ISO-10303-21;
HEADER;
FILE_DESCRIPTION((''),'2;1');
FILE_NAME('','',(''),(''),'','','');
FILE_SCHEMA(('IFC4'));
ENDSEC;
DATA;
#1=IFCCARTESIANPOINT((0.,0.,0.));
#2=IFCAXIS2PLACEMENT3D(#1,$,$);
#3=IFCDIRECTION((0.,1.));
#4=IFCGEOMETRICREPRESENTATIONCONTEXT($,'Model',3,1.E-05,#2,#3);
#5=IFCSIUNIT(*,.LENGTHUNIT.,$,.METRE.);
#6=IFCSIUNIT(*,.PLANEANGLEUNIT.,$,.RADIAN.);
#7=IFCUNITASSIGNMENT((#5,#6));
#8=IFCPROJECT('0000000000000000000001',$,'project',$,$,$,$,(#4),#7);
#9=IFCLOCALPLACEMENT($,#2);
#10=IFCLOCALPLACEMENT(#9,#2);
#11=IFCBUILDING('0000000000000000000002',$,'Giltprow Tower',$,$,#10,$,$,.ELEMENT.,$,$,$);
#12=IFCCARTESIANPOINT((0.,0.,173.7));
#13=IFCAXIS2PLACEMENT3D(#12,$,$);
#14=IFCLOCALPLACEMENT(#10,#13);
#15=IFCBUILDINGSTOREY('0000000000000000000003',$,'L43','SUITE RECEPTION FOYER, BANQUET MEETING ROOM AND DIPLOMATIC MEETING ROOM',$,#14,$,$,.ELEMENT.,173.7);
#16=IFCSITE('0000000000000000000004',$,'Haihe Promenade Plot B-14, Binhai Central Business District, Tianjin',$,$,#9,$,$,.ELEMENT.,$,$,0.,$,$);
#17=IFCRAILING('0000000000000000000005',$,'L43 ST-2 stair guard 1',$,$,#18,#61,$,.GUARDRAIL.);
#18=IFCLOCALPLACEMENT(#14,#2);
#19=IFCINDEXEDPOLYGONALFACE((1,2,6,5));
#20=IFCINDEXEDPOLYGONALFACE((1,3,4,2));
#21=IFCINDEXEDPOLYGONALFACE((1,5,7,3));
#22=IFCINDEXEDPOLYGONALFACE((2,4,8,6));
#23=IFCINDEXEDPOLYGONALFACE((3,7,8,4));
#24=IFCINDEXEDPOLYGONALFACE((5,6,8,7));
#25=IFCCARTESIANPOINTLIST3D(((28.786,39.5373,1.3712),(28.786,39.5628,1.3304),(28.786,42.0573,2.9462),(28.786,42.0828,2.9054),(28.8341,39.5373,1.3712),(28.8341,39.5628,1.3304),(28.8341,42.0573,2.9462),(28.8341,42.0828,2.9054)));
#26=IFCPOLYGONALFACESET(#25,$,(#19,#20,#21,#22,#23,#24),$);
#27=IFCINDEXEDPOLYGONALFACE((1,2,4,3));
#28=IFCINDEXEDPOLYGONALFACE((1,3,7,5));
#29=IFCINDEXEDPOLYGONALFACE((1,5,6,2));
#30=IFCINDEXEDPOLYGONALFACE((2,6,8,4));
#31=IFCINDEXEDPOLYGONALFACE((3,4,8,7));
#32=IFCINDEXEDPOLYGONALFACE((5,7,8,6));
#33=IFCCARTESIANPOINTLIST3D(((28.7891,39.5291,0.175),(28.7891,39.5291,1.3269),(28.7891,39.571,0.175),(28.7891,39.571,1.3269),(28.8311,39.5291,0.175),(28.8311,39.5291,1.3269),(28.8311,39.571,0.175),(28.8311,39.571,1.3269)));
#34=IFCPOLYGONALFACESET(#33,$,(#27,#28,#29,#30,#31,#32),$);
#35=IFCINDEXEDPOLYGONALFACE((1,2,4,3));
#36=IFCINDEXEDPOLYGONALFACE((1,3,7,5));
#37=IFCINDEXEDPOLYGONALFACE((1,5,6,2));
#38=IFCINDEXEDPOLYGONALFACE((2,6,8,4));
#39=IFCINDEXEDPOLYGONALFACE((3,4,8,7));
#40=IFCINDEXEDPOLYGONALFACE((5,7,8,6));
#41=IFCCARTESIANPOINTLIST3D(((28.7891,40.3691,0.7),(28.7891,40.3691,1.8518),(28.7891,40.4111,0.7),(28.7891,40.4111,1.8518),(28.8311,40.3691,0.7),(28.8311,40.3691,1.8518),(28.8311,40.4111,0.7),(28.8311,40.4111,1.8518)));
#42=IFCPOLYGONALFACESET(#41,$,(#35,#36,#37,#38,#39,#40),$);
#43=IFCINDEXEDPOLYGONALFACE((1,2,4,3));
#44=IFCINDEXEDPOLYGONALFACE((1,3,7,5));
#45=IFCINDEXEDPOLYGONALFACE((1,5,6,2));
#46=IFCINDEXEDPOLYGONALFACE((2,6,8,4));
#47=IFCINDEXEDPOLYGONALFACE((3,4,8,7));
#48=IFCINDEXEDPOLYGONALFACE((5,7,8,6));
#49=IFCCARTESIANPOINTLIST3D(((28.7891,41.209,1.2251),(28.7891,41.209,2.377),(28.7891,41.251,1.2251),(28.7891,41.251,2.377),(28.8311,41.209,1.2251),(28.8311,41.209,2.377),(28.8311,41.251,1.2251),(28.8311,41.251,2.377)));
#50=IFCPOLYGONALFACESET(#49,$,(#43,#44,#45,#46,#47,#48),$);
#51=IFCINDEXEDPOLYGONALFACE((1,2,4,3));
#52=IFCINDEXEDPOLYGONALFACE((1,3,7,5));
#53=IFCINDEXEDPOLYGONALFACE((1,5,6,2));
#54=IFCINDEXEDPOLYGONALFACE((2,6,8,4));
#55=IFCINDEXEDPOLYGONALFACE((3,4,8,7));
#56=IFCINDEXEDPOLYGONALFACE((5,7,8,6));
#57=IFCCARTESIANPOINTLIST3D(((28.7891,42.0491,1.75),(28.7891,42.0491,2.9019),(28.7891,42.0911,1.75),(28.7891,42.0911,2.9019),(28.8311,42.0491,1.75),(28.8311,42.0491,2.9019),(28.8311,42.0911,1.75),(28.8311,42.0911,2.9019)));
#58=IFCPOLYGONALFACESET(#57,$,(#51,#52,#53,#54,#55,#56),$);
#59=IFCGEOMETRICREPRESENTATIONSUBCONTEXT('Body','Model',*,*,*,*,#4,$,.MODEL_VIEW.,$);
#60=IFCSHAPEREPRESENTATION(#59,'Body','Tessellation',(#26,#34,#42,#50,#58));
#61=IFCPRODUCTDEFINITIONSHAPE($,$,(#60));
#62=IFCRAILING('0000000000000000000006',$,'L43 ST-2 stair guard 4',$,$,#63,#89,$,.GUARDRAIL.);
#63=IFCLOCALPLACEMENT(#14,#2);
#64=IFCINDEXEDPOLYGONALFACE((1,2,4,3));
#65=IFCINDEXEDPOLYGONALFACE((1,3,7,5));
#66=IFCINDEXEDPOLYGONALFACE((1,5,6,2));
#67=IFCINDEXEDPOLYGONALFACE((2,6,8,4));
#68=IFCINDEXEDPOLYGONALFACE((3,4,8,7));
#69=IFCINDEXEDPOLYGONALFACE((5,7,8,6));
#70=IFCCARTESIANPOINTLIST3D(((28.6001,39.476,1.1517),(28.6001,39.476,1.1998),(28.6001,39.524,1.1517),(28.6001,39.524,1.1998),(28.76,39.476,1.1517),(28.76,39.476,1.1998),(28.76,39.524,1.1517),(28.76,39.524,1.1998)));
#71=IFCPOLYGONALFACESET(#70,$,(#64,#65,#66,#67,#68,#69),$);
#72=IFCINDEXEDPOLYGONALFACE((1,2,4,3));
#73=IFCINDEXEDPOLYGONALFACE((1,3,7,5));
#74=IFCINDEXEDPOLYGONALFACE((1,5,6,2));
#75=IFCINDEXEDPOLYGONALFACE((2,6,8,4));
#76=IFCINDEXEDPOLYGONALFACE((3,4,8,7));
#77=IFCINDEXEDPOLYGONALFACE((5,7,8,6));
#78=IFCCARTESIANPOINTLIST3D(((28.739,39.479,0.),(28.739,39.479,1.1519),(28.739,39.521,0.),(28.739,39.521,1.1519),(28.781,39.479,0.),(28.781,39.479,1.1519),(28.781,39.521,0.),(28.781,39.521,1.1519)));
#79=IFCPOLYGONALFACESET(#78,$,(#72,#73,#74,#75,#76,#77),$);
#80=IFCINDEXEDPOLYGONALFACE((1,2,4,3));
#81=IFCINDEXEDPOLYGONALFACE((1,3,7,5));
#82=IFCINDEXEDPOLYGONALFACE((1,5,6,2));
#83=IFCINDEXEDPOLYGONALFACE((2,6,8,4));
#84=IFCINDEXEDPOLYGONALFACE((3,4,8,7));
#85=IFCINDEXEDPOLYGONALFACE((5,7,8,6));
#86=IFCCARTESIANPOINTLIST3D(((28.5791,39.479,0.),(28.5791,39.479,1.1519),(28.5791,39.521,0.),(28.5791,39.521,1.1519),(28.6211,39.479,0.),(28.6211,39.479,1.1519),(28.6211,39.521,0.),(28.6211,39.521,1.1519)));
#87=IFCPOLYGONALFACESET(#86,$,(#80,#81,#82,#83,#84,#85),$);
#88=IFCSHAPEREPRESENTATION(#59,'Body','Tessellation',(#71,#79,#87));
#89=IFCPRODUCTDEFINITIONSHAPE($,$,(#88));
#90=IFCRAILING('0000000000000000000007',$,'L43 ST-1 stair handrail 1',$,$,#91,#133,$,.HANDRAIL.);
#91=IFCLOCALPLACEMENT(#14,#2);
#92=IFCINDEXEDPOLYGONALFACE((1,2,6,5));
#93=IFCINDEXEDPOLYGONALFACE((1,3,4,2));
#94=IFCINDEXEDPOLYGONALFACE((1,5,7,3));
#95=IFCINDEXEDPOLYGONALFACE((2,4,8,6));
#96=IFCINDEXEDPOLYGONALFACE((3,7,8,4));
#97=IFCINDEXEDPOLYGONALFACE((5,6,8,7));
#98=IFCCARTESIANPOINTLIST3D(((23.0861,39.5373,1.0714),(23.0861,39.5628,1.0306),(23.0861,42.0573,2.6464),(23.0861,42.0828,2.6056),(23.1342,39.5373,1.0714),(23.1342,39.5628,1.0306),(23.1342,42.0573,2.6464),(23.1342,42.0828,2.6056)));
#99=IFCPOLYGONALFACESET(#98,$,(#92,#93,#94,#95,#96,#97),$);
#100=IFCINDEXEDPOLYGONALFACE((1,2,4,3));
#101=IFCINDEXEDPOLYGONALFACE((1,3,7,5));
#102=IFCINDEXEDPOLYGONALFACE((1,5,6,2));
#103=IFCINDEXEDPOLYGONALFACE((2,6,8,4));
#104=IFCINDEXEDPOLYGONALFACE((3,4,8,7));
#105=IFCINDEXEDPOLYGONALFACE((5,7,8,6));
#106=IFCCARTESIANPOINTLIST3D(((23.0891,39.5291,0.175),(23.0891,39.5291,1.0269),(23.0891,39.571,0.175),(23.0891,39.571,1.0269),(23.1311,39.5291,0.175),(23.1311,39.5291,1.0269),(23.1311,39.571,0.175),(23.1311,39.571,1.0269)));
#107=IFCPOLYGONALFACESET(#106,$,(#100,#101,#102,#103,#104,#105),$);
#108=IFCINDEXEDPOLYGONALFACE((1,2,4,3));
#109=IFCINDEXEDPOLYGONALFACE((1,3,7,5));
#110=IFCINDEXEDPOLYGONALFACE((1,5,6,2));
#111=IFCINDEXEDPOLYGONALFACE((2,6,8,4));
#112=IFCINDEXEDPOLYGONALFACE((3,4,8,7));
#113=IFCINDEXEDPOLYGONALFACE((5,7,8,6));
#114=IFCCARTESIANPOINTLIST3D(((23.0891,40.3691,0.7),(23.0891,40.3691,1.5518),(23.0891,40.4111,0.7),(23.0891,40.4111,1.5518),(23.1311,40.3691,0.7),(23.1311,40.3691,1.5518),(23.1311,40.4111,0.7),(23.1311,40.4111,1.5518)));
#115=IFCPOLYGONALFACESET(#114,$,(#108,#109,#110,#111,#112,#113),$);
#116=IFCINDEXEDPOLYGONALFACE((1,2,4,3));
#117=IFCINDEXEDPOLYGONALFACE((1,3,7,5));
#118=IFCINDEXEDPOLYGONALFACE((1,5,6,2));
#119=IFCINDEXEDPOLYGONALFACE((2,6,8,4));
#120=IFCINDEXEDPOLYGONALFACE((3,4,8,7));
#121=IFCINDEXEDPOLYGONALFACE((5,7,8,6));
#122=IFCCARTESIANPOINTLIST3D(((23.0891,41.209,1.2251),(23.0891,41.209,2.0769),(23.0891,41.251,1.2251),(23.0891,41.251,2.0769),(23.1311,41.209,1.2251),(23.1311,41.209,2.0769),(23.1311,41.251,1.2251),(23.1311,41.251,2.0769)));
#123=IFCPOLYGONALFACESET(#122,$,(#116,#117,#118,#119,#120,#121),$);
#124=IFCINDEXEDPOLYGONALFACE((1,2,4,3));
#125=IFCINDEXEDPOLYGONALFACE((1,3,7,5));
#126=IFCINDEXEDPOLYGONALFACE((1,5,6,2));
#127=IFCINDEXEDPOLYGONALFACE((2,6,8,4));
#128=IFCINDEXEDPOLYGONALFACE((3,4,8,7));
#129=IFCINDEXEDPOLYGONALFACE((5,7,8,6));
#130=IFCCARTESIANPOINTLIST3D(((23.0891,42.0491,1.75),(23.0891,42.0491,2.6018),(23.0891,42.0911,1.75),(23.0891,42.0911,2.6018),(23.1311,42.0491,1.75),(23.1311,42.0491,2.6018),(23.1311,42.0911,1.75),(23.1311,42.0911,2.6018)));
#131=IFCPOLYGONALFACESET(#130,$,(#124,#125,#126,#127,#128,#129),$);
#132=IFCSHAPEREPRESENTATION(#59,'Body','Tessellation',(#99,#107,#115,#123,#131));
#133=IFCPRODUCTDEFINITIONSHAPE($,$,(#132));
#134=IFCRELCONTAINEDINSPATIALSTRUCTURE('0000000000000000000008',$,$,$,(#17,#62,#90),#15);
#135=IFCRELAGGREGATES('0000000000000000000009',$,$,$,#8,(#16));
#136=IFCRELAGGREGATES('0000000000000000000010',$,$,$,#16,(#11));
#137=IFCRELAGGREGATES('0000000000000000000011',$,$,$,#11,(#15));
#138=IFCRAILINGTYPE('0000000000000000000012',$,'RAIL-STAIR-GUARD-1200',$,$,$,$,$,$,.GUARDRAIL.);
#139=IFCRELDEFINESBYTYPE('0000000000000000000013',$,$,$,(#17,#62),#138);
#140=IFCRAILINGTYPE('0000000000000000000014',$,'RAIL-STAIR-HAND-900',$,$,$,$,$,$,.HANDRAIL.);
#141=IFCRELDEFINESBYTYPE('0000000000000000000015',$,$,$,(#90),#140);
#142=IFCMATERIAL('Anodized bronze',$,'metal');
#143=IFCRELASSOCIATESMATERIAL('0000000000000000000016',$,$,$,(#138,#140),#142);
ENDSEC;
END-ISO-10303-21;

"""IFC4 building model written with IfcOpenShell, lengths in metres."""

from ifc_helpers import new_model, si_unit, direction, frame, origin, origin_2d, place, context, subcontext, project, spatial, rectangle, extrude, material, type_object, element, save


model = new_model("IFC4")

# Units and contexts
model_context = context("Model", 3, precision=1e-05, world=origin(), true_north=direction((0.0, 1.0)))
body_context = subcontext(model_context, "Body", "Model", "MODEL_VIEW")
ifc_project = project(units=[si_unit("LENGTHUNIT", "METRE"), si_unit("PLANEANGLEUNIT", "RADIAN")], contexts=[model_context])

# Site, building, storey
site_placement = place(None, origin())
site = spatial("IfcSite", under=ifc_project, at=site_placement, Name="Haihe Promenade Plot B-14, Binhai Central Business District, Tianjin", CompositionType="ELEMENT", RefElevation=0.0)
building_placement = place(site_placement, origin())
building = spatial("IfcBuilding", under=site, at=building_placement, Name="Giltprow Tower", CompositionType="ELEMENT")
storey_placement = place(building_placement, frame((0.0, 0.0, 173.7)))
storey = spatial("IfcBuildingStorey", under=building, at=storey_placement, Name="L43", Description="SUITE RECEPTION FOYER, BANQUET MEETING ROOM AND DIPLOMATIC MEETING ROOM", CompositionType="ELEMENT", Elevation=173.7)

# Railings
ifc_material_1 = material(Name="Anodized bronze", Category="metal")
railing_type_1 = type_object("IfcRailingType", Name="RAIL-STAIR-GUARD-1200", PredefinedType="GUARDRAIL", material=ifc_material_1)
railing_1_placement = place(storey_placement, frame((28.8101, 39.55, 0.175)))
element("IfcRailing", 1, at=railing_1_placement, inside=storey, type_object=railing_type_1, Name="L43 ST-2 stair guard 1", PredefinedType="GUARDRAIL", context=body_context, shape_type="SweptSolid", body=[
    extrude(rectangle(XDim=0.0481, YDim=0.0481, at=origin_2d()), frame((0.0, 0.0, 1.1758), z_axis=(0.0, 0.848008, 0.529984), x_axis=(-1.0, 0.0, 0.0)), (0.0, 0.0, 1.0), 2.9717),
    extrude(rectangle(XDim=0.042, YDim=0.042, at=origin_2d()), origin(), (0.0, 0.0, 1.0), 1.1519),
    extrude(rectangle(XDim=0.042, YDim=0.042, at=origin_2d()), frame((0.0, 0.8401, 0.5249)), (0.0, 0.0, 1.0), 1.1519),
    extrude(rectangle(XDim=0.042, YDim=0.042, at=origin_2d()), frame((0.0, 1.6799, 1.05)), (0.0, 0.0, 1.0), 1.1519),
    extrude(rectangle(XDim=0.042, YDim=0.042, at=origin_2d()), frame((0.0, 2.52, 1.575)), (0.0, 0.0, 1.0), 1.1519),
])
railing_2_placement = place(storey_placement, frame((28.76, 39.5, 0.0)))
element("IfcRailing", 2, at=railing_2_placement, inside=storey, type_object=railing_type_1, Name="L43 ST-2 stair guard 4", PredefinedType="GUARDRAIL", context=body_context, shape_type="SweptSolid", body=[
    extrude(rectangle(XDim=0.0481, YDim=0.0481, at=origin_2d()), frame((0.0, 0.0, 1.1758), z_axis=(-1.0, 0.0, 0.0), x_axis=(0.0, -1.0, 0.0)), (0.0, 0.0, 1.0), 0.1599),
    extrude(rectangle(XDim=0.042, YDim=0.042, at=origin_2d()), origin(), (0.0, 0.0, 1.0), 1.1519),
    extrude(rectangle(XDim=0.042, YDim=0.042, at=origin_2d()), frame((-0.1599, 0.0, 0.0)), (0.0, 0.0, 1.0), 1.1519),
])
railing_type_2 = type_object("IfcRailingType", Name="RAIL-STAIR-HAND-900", PredefinedType="HANDRAIL", material=ifc_material_1)
railing_3_placement = place(storey_placement, frame((23.1101, 39.55, 0.175)))
element("IfcRailing", 3, at=railing_3_placement, inside=storey, type_object=railing_type_2, Name="L43 ST-1 stair handrail 1", PredefinedType="HANDRAIL", context=body_context, shape_type="SweptSolid", body=[
    extrude(rectangle(XDim=0.0481, YDim=0.0481, at=origin_2d()), frame((0.0, 0.0, 0.876), z_axis=(0.0, 0.848008, 0.529984), x_axis=(-1.0, 0.0, 0.0)), (0.0, 0.0, 1.0), 2.9717),
    extrude(rectangle(XDim=0.042, YDim=0.042, at=origin_2d()), origin(), (0.0, 0.0, 1.0), 0.8518),
    extrude(rectangle(XDim=0.042, YDim=0.042, at=origin_2d()), frame((0.0, 0.8401, 0.5249)), (0.0, 0.0, 1.0), 0.8518),
    extrude(rectangle(XDim=0.042, YDim=0.042, at=origin_2d()), frame((0.0, 1.6799, 1.05)), (0.0, 0.0, 1.0), 0.8518),
    extrude(rectangle(XDim=0.042, YDim=0.042, at=origin_2d()), frame((0.0, 2.52, 1.575)), (0.0, 0.0, 1.0), 0.8518),
])

save(model, "model.ifc")
